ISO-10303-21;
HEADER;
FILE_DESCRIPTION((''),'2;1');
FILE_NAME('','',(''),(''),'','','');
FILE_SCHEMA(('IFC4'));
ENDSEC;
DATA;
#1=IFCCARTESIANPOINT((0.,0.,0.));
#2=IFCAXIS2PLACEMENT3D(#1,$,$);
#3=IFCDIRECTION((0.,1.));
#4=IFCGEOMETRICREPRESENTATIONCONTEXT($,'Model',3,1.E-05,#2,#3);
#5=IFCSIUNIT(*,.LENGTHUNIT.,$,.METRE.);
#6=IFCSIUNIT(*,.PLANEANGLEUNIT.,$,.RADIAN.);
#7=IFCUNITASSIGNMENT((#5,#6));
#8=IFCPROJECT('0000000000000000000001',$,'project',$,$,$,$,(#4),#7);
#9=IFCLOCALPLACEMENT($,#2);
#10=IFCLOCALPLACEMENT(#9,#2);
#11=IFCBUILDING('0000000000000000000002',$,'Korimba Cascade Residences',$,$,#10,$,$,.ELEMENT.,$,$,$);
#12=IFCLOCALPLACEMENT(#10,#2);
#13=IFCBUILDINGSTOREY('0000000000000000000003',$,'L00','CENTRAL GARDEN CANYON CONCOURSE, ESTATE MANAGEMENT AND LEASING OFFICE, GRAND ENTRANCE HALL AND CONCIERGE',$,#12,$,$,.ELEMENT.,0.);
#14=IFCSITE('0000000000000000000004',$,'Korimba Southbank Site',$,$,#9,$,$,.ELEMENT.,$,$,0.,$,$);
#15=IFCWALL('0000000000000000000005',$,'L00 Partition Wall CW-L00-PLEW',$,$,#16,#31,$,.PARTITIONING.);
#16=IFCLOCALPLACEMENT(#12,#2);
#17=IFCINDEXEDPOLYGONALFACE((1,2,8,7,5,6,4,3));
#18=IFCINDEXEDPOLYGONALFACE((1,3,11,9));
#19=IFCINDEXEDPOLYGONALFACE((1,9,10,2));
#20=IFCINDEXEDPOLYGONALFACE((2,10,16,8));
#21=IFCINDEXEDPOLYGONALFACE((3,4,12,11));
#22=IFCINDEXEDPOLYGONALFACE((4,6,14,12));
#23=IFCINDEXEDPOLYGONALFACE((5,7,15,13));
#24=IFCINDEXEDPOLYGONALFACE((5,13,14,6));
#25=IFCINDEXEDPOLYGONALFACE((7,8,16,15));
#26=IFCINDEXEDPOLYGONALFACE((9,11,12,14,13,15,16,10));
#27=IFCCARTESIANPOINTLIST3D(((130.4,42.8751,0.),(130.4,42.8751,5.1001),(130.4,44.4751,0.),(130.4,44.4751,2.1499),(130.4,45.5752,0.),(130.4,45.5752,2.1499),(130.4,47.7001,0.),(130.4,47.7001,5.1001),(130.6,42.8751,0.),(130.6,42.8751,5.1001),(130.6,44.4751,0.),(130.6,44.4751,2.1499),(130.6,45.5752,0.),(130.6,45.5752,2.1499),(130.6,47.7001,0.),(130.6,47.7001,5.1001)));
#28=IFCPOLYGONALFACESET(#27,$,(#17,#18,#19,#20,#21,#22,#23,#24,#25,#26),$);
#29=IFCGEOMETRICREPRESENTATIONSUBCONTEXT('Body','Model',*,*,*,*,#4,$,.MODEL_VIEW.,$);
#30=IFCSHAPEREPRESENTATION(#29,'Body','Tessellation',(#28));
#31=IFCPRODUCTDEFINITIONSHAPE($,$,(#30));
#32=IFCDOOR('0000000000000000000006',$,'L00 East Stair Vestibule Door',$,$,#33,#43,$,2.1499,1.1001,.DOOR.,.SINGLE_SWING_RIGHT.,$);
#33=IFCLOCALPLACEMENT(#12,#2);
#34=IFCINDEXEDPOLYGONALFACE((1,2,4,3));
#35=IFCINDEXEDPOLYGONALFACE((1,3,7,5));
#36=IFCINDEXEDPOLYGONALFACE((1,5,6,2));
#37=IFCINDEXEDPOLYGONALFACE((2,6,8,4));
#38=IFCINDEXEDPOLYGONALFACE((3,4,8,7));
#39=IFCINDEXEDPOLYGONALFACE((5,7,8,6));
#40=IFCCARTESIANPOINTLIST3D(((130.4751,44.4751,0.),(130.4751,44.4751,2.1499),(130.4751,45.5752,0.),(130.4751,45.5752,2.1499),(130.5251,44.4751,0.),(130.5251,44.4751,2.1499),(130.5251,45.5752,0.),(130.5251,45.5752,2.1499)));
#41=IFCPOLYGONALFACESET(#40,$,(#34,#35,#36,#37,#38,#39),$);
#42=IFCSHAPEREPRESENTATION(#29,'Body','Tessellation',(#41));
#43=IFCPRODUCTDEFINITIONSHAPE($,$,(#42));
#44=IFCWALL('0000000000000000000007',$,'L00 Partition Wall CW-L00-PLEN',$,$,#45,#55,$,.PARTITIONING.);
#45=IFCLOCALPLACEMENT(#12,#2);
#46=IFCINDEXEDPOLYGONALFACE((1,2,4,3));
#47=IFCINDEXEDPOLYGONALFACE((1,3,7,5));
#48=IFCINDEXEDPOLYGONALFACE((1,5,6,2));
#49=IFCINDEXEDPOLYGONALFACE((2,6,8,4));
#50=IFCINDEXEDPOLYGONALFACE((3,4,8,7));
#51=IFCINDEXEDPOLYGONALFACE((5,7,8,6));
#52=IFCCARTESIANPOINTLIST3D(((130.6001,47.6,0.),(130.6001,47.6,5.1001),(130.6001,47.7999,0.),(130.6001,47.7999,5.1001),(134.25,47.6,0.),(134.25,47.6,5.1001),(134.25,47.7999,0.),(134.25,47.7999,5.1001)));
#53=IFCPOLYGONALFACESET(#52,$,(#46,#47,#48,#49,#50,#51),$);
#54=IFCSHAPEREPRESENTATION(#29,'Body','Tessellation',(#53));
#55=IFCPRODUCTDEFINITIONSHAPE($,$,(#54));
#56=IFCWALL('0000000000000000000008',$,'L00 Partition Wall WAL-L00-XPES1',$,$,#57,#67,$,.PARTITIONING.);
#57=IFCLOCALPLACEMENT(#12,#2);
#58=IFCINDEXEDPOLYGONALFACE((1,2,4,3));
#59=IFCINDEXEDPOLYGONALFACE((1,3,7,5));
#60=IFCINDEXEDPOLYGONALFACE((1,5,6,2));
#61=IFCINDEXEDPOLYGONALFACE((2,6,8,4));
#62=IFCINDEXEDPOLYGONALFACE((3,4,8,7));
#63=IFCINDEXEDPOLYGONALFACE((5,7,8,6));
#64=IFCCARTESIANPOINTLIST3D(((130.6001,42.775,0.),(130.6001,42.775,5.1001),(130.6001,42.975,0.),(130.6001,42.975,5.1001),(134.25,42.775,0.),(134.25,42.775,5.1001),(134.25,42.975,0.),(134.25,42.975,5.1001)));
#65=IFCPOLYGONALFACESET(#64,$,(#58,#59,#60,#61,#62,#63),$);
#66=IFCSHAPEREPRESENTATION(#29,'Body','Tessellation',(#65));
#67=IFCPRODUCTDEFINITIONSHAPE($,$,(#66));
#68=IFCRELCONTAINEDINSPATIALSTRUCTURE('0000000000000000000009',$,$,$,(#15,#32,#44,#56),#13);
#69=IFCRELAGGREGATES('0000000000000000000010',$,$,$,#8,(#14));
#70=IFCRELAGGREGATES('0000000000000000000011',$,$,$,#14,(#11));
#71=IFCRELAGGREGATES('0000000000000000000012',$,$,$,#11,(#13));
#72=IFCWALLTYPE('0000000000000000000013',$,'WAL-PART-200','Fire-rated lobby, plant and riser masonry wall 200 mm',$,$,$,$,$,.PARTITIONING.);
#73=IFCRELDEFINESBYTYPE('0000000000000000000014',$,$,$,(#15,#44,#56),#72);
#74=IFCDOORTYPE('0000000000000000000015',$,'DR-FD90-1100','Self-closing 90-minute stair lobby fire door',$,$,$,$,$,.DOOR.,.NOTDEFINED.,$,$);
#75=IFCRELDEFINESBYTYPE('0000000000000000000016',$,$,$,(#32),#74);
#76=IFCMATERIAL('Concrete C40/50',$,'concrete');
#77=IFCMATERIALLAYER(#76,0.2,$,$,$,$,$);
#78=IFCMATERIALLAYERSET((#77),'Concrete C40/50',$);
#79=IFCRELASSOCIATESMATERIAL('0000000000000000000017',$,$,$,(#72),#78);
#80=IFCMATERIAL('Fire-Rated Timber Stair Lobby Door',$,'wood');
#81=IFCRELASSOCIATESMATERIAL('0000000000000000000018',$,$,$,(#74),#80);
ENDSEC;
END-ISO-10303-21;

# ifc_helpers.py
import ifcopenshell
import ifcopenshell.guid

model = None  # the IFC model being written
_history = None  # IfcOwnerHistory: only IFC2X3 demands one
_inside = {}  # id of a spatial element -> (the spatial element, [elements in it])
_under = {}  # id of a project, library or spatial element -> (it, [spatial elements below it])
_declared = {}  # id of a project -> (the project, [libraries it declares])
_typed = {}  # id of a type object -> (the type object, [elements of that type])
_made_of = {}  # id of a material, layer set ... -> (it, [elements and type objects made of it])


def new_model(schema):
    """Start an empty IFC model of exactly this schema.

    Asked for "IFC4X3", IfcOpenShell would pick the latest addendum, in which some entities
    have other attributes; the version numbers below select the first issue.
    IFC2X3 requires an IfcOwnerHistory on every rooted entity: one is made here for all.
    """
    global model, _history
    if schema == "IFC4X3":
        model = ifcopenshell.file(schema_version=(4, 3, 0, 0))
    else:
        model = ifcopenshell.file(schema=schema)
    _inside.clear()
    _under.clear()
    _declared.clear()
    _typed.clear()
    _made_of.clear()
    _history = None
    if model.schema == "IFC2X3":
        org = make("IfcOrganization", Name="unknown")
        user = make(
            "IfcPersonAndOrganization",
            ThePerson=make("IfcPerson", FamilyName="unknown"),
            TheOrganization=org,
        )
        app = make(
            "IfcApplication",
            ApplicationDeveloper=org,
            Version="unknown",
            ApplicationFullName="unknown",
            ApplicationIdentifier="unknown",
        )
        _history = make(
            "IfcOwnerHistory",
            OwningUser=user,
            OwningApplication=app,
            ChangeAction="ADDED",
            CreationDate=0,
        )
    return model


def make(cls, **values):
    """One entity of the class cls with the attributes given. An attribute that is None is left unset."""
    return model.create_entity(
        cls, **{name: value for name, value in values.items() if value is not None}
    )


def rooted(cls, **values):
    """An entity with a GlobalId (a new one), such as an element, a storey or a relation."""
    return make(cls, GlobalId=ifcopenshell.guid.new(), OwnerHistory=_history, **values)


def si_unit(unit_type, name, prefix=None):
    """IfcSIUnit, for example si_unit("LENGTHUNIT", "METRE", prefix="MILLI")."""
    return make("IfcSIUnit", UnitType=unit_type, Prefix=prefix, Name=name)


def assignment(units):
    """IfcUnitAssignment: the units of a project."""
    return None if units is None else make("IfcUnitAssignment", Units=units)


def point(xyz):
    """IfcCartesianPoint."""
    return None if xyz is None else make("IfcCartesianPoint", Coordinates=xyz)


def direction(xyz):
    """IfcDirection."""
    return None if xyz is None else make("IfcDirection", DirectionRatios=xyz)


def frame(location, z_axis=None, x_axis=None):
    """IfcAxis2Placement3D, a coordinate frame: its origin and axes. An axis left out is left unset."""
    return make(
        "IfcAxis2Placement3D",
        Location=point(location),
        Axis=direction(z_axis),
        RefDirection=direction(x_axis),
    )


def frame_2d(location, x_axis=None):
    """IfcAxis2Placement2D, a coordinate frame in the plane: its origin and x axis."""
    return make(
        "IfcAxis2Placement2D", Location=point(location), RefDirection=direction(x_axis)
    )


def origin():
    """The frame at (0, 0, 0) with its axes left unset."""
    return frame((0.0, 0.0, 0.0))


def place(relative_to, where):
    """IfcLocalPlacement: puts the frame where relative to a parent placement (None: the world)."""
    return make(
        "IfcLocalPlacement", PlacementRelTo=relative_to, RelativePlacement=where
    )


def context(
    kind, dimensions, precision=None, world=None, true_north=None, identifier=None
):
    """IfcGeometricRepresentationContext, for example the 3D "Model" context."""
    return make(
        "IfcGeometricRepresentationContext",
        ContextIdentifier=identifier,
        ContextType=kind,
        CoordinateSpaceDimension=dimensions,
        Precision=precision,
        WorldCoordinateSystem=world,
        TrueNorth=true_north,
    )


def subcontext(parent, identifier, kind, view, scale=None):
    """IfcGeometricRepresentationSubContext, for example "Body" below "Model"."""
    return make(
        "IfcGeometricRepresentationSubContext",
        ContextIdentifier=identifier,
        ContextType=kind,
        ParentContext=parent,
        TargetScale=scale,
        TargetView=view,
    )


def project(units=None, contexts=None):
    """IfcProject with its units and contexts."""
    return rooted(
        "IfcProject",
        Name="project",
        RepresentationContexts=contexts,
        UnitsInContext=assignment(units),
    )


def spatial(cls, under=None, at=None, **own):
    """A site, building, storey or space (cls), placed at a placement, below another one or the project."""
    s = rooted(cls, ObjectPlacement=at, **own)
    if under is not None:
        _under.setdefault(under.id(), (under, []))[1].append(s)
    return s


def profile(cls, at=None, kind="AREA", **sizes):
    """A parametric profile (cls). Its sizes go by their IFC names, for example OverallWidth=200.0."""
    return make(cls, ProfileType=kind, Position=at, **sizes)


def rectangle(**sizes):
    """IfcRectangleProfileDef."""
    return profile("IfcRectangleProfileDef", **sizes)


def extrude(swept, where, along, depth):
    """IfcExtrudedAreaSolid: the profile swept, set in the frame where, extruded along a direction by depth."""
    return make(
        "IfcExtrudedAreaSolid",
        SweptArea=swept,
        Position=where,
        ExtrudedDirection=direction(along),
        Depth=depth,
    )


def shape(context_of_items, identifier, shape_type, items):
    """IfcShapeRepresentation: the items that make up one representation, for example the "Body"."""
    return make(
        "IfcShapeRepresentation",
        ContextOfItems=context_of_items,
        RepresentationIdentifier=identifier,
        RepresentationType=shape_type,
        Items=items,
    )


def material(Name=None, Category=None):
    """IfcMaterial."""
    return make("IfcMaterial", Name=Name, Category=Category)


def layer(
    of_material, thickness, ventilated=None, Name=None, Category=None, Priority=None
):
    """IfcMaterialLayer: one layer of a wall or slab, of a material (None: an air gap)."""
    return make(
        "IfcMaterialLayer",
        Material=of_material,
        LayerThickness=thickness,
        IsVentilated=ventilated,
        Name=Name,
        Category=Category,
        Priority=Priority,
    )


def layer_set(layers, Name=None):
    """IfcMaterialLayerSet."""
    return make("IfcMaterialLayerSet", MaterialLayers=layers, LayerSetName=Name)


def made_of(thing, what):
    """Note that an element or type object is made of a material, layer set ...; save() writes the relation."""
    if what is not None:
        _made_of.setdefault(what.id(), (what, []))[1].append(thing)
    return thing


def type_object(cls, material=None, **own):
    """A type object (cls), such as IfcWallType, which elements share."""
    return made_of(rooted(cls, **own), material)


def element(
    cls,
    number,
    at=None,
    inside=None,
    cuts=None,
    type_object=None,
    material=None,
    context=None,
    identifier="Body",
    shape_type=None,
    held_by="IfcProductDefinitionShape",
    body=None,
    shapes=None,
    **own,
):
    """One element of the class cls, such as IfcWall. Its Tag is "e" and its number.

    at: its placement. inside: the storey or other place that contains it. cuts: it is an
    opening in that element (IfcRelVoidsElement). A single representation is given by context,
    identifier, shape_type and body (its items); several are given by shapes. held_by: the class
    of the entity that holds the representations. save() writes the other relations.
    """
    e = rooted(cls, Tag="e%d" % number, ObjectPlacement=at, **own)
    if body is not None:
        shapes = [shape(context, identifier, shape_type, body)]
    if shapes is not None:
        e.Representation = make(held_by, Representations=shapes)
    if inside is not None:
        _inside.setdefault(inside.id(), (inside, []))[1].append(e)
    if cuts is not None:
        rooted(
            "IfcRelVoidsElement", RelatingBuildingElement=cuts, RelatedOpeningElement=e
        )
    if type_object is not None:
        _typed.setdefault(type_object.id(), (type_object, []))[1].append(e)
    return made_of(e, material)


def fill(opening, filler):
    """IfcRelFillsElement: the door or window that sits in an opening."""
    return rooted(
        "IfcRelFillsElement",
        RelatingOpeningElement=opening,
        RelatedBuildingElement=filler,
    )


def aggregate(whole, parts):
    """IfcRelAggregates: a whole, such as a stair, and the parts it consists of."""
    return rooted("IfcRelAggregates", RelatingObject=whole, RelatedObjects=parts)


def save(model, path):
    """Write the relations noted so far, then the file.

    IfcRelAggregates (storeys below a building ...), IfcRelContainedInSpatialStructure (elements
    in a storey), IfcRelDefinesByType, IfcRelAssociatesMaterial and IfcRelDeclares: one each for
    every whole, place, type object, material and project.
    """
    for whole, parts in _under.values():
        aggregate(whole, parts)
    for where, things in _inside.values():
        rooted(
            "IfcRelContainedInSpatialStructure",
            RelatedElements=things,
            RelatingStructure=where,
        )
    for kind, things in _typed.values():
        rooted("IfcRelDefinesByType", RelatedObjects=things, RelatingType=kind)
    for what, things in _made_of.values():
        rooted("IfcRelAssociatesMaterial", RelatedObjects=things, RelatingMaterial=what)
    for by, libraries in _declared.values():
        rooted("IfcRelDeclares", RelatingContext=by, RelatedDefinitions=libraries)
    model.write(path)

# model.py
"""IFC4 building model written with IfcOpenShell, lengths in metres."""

from ifc_helpers import new_model, si_unit, direction, frame, frame_2d, origin, place, context, subcontext, project, spatial, rectangle, extrude, material, layer, layer_set, type_object, element, fill, save


model = new_model("IFC4")

# Units and contexts
model_context = context("Model", 3, precision=1e-05, world=origin(), true_north=direction((0.0, 1.0)))
body_context = subcontext(model_context, "Body", "Model", "MODEL_VIEW")
ifc_project = project(units=[si_unit("LENGTHUNIT", "METRE"), si_unit("PLANEANGLEUNIT", "RADIAN")], contexts=[model_context])

# Site, building, storey
site_placement = place(None, origin())
site = spatial("IfcSite", under=ifc_project, at=site_placement, Name="Korimba Southbank Site", CompositionType="ELEMENT", RefElevation=0.0)
building_placement = place(site_placement, origin())
building = spatial("IfcBuilding", under=site, at=building_placement, Name="Korimba Cascade Residences", CompositionType="ELEMENT")
storey_placement = place(building_placement, origin())
storey = spatial("IfcBuildingStorey", under=building, at=storey_placement, Name="L00", Description="CENTRAL GARDEN CANYON CONCOURSE, ESTATE MANAGEMENT AND LEASING OFFICE, GRAND ENTRANCE HALL AND CONCIERGE", CompositionType="ELEMENT", Elevation=0.0)

# Wall, opening, door
ifc_material_1 = material(Name="Concrete C40/50", Category="concrete")
ifc_layer = layer(ifc_material_1, 0.2)
ifc_layer_set = layer_set([ifc_layer], Name="Concrete C40/50")
wall_type = type_object("IfcWallType", Name="WAL-PART-200", Description="Fire-rated lobby, plant and riser masonry wall 200 mm", PredefinedType="PARTITIONING", material=ifc_layer_set)
wall_placement = place(storey_placement, frame((130.5, 42.875, 0.0), z_axis=(0.0, 0.0, 1.0), x_axis=(0.0, 1.0, 0.0)))
wall = element("IfcWall", 1, at=wall_placement, inside=storey, type_object=wall_type, Name="L00 Partition Wall CW-L00-PLEW", PredefinedType="PARTITIONING", context=body_context, shape_type="SweptSolid", body=[
    extrude(rectangle(XDim=4.825, YDim=0.2, at=frame_2d((2.4126, 0.0))), origin(), (0.0, 0.0, 1.0), 5.1001),
])
opening_placement = place(wall_placement, frame((1.6001, 0.0, 0.0)))
opening = element("IfcOpeningElement", 2, at=opening_placement, cuts=wall, PredefinedType="OPENING", context=body_context, shape_type="SweptSolid", body=[
    extrude(rectangle(XDim=1.1001, YDim=2.1499, at=frame_2d((0.55, 1.075))), frame((0.0, 0.1099, 0.0), z_axis=(0.0, -1.0, 0.0), x_axis=(1.0, 0.0, 0.0)), (0.0, 0.0, 1.0), 0.22),
])
ifc_material_2 = material(Name="Fire-Rated Timber Stair Lobby Door", Category="wood")
door_type = type_object("IfcDoorType", Name="DR-FD90-1100", Description="Self-closing 90-minute stair lobby fire door", OperationType="NOTDEFINED", PredefinedType="DOOR", material=ifc_material_2)
door_placement = place(opening_placement, origin())
door = element("IfcDoor", 3, at=door_placement, inside=storey, type_object=door_type, Name="L00 East Stair Vestibule Door", OperationType="SINGLE_SWING_RIGHT", OverallHeight=2.1499, OverallWidth=1.1001, PredefinedType="DOOR", context=body_context, shape_type="SweptSolid", body=[
    extrude(rectangle(XDim=1.1001, YDim=2.1499, at=frame_2d((0.55, 1.075))), frame((0.0, 0.0249, 0.0), z_axis=(0.0, -1.0, 0.0), x_axis=(1.0, 0.0, 0.0)), (0.0, 0.0, 1.0), 0.05),
])
fill(opening, door)

# Walls
for number, where, z_axis, x_axis, name in (
    (4, (130.6001, 47.7, 0.0), (0.0, 0.0, 1.0), (1.0, 0.0, 0.0), "L00 Partition Wall CW-L00-PLEN"),
    (5, (130.6001, 42.875, 0.0), (0.0, 0.0, 1.0), (1.0, 0.0, 0.0), "L00 Partition Wall WAL-L00-XPES1"),
):
    element("IfcWall", number, at=place(storey_placement, frame(where, z_axis=z_axis, x_axis=x_axis)), inside=storey, type_object=wall_type, Name=name, PredefinedType="PARTITIONING", context=body_context, shape_type="SweptSolid", body=[
        extrude(rectangle(XDim=3.6499, YDim=0.2, at=frame_2d((1.825, 0.0))), origin(), (0.0, 0.0, 1.0), 5.1001),
    ])

save(model, "model.ifc")
